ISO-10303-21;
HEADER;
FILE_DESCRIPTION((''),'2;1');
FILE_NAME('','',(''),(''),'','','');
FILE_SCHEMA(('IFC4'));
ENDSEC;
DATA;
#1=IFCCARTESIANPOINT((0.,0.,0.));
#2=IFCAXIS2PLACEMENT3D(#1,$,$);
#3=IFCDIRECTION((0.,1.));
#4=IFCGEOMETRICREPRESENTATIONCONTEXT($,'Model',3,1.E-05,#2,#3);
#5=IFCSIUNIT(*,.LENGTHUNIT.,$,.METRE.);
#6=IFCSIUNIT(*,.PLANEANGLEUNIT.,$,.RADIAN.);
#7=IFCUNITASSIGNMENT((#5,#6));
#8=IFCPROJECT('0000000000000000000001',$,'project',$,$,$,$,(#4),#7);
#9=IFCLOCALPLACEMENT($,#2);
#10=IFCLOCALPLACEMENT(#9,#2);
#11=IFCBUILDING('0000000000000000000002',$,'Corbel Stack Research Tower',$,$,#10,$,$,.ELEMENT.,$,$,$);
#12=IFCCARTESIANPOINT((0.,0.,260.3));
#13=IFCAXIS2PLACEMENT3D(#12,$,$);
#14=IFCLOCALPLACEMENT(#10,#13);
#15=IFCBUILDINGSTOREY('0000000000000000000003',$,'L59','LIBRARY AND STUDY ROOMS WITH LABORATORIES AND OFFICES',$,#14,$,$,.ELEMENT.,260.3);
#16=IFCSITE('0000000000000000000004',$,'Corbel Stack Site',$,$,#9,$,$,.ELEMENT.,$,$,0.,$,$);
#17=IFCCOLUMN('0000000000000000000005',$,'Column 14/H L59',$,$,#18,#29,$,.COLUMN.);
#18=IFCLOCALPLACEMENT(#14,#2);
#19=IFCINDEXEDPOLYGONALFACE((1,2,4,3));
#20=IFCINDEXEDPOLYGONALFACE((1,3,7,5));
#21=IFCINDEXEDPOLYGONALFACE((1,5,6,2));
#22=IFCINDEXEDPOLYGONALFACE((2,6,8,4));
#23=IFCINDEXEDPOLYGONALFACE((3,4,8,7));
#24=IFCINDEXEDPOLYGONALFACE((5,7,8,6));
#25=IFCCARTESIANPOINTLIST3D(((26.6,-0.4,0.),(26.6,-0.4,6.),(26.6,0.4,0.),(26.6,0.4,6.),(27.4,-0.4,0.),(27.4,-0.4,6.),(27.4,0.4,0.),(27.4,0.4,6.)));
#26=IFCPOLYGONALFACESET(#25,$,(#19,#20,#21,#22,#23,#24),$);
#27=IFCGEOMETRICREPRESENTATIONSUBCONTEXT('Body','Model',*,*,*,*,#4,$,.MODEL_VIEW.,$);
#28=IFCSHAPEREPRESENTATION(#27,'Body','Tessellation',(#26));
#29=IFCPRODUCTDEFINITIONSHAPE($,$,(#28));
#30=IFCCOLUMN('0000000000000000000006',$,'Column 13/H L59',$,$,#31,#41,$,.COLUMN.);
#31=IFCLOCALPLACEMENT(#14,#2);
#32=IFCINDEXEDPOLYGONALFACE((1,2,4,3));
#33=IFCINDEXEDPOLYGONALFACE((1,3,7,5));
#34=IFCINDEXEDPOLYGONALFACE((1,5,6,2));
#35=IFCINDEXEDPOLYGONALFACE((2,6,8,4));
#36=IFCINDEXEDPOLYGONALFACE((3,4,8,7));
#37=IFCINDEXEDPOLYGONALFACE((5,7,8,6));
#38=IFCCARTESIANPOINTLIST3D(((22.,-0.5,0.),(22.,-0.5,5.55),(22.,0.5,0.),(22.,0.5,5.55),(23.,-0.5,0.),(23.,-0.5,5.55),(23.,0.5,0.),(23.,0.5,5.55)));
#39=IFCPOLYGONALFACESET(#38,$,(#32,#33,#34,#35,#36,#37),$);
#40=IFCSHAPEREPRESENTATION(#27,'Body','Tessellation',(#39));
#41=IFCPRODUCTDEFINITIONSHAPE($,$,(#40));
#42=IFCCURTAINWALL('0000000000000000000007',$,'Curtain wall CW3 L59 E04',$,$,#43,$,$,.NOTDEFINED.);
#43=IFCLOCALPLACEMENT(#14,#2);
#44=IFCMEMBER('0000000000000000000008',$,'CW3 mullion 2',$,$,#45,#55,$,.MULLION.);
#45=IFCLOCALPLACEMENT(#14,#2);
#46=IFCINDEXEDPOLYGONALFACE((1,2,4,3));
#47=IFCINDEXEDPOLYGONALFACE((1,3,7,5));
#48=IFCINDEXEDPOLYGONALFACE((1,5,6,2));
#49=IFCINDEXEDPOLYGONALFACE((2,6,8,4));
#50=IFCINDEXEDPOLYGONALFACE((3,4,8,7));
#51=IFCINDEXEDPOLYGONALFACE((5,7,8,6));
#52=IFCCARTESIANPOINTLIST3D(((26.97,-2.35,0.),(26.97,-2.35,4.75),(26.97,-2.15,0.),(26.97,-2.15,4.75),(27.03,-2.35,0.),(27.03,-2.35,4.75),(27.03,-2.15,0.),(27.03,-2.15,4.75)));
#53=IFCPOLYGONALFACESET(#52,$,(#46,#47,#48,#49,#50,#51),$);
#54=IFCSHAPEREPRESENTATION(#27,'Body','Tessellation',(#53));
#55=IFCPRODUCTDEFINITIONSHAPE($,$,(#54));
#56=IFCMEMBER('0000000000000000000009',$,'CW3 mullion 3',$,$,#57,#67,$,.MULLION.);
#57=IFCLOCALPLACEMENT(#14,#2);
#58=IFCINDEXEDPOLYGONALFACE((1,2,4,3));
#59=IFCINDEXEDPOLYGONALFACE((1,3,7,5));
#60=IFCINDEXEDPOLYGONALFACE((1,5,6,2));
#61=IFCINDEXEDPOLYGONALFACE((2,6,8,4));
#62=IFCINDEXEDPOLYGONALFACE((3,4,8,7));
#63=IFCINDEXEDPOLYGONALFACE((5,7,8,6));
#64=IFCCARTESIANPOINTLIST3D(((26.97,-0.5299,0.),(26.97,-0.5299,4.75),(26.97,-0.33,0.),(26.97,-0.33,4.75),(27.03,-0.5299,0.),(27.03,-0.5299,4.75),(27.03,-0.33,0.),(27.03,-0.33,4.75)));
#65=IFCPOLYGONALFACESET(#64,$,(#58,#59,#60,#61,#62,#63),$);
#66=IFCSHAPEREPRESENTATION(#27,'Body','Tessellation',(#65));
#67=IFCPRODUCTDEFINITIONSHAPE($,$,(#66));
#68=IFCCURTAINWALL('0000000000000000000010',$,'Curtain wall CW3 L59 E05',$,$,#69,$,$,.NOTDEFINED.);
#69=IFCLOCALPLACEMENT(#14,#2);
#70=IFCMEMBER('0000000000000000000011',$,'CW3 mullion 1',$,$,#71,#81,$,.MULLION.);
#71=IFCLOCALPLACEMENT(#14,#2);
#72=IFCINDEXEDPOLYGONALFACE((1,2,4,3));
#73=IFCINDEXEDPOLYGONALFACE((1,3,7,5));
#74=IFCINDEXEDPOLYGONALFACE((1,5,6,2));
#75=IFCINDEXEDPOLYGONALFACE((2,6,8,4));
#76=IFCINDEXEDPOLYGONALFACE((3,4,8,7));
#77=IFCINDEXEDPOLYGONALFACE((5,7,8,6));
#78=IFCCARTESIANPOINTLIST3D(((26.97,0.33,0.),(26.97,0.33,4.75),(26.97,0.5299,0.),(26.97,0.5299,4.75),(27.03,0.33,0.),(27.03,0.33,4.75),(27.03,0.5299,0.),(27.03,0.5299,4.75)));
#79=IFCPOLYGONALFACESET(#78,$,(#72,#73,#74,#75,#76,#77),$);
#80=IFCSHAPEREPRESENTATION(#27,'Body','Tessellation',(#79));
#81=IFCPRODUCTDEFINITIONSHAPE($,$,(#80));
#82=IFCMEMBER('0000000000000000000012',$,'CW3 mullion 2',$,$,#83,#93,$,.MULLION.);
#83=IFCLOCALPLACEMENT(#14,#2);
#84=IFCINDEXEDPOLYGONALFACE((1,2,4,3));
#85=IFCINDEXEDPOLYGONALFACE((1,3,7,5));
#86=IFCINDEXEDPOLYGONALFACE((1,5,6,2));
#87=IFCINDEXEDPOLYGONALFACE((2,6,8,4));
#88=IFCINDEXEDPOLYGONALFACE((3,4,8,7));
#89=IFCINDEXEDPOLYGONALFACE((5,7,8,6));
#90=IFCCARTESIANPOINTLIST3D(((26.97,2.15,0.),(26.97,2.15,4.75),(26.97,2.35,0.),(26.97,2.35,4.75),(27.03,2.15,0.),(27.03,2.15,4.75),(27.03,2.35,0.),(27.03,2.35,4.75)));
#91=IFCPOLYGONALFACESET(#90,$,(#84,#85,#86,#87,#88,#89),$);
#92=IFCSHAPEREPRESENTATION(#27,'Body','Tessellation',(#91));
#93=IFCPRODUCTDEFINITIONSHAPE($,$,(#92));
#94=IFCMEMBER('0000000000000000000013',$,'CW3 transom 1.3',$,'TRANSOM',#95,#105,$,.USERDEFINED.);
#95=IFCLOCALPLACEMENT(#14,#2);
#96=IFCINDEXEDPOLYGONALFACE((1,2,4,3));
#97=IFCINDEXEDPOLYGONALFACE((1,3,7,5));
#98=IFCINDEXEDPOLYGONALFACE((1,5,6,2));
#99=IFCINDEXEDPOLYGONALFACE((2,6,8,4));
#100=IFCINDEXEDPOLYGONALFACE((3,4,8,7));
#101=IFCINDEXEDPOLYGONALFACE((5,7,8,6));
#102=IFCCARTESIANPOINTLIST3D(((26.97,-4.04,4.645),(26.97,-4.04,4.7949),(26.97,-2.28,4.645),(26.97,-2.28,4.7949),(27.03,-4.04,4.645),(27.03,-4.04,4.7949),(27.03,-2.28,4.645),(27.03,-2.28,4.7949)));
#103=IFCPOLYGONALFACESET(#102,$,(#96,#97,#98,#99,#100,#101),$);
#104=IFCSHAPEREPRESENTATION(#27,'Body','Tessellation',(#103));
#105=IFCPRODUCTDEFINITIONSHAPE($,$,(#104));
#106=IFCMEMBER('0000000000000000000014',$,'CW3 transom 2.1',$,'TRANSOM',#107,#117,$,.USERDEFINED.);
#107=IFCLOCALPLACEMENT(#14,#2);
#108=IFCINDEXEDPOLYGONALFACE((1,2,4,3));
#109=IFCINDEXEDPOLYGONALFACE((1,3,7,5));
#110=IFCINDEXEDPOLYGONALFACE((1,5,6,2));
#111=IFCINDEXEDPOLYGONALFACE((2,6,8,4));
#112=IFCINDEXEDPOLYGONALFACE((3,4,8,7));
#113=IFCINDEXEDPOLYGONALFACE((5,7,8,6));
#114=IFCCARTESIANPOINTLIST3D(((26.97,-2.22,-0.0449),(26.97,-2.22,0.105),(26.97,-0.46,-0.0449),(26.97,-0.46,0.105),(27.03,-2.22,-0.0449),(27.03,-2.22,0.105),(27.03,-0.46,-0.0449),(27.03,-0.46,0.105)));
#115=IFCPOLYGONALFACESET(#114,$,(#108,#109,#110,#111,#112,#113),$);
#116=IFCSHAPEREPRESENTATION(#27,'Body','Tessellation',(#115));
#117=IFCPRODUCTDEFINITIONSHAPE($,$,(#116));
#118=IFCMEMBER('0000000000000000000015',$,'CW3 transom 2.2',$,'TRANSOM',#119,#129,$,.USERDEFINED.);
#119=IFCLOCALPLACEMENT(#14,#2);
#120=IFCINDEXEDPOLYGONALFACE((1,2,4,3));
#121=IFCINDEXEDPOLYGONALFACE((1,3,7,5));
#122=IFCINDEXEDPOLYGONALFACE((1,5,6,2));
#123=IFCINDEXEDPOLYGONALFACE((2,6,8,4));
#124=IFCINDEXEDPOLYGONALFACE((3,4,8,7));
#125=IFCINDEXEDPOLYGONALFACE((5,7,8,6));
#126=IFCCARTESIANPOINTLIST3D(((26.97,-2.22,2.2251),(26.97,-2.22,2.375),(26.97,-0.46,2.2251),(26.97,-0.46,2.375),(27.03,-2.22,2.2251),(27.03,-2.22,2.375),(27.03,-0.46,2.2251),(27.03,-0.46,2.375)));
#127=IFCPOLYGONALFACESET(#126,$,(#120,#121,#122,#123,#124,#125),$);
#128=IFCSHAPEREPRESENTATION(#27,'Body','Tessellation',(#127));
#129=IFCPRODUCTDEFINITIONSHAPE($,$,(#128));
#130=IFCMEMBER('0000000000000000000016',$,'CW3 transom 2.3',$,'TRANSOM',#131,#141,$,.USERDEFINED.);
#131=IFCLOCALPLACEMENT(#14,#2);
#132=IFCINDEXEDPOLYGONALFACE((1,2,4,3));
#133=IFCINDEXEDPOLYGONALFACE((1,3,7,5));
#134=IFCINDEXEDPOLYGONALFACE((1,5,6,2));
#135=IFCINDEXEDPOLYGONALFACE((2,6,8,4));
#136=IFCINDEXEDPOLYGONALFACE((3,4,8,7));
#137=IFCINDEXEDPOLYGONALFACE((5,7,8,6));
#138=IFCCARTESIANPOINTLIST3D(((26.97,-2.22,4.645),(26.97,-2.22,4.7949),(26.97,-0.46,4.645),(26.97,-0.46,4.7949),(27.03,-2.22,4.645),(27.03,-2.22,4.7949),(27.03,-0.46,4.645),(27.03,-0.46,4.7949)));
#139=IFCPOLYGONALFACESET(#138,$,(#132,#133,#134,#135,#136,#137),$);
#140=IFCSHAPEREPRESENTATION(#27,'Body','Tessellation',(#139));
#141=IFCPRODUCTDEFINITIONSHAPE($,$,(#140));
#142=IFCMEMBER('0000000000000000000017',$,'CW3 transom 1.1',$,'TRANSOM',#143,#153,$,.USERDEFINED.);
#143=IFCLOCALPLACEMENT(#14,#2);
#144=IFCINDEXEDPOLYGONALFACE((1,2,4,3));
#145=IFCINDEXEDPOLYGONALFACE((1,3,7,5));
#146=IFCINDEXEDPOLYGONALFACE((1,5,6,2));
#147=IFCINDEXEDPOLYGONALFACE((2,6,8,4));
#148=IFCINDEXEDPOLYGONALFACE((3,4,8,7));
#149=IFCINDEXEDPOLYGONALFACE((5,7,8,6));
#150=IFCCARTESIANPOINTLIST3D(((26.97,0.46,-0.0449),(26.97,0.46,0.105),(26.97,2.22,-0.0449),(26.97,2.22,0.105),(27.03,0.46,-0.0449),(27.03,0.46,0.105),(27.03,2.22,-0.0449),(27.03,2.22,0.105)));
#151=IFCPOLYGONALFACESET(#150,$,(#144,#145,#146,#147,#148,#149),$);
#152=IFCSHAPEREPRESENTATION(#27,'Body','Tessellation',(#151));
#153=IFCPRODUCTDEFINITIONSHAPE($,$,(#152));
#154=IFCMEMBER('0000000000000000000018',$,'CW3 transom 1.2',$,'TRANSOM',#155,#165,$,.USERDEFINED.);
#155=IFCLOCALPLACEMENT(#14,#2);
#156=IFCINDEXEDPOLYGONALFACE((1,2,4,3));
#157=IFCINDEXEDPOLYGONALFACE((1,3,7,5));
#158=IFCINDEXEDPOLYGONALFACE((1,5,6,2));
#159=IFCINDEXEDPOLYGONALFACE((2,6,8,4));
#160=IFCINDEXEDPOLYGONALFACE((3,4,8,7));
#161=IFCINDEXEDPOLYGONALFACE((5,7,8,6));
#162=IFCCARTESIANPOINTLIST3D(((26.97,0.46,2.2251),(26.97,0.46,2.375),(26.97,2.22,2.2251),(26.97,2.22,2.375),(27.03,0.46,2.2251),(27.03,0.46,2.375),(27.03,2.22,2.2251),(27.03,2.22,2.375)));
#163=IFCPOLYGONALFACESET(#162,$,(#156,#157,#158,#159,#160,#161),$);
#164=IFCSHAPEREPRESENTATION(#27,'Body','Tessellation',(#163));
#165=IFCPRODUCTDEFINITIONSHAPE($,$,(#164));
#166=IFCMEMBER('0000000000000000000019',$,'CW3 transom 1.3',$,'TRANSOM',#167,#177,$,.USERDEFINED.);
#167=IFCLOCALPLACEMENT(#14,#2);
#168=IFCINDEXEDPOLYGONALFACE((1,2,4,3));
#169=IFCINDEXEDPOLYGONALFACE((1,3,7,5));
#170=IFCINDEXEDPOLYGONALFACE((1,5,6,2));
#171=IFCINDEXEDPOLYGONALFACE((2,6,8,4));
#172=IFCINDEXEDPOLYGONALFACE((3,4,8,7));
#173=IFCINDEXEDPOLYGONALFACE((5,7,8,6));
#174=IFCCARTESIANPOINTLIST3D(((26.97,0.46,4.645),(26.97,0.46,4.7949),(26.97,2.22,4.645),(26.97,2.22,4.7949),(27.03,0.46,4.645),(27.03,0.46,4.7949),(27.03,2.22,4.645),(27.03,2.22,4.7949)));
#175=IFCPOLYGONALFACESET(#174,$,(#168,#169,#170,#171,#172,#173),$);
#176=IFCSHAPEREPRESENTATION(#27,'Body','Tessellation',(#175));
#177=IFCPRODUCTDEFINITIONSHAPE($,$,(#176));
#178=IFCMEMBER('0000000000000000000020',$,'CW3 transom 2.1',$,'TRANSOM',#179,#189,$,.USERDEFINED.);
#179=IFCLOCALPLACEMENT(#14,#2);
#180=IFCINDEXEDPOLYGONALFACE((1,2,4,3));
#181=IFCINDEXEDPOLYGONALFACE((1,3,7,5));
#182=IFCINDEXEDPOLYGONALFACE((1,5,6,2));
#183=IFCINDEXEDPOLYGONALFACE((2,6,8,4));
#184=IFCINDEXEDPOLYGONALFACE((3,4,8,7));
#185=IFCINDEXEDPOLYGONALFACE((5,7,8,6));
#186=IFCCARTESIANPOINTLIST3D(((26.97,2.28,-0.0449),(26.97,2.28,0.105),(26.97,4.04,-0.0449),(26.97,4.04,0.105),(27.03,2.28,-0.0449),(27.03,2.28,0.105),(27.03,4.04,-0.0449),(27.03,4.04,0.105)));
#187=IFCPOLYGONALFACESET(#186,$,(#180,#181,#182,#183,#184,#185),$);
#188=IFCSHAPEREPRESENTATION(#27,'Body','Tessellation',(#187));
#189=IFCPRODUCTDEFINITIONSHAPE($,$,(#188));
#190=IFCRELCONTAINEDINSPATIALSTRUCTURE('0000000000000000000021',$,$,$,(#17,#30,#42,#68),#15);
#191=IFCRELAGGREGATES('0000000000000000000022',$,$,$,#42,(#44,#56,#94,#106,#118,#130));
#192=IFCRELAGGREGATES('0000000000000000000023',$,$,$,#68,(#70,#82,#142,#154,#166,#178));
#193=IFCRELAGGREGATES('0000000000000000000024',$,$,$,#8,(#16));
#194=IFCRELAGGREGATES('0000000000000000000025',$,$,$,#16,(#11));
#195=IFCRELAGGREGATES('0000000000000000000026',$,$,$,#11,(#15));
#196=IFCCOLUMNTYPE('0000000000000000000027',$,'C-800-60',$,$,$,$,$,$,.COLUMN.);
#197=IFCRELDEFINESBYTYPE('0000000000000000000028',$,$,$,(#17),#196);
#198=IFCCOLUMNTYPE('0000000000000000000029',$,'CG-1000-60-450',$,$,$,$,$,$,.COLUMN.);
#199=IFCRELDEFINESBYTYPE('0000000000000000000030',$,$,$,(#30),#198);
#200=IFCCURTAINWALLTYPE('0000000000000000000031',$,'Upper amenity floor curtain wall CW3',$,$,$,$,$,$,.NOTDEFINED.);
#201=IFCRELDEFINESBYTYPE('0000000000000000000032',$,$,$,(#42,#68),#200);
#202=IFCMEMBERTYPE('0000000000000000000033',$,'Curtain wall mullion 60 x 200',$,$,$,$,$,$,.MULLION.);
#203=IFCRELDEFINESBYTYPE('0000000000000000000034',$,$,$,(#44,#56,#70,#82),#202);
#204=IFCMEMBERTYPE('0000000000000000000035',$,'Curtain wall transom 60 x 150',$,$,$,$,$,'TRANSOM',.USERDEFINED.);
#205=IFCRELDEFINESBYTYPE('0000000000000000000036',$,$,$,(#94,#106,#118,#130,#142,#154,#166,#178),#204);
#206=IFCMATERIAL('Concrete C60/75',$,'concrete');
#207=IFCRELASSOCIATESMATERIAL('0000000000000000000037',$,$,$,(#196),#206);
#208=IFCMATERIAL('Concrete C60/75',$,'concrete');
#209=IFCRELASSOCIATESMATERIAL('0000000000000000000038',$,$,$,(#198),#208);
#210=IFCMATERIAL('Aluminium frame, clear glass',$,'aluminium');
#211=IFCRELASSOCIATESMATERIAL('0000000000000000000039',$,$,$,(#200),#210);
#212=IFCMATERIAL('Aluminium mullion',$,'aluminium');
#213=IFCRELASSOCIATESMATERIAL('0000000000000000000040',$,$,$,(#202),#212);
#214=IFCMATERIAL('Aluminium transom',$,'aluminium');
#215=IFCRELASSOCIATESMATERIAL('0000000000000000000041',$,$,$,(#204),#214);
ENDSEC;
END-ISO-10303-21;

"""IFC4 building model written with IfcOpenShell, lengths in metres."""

from ifc_helpers import new_model, si_unit, direction, frame, origin, origin_2d, place, context, subcontext, project, spatial, rectangle, extrude, material, material_profile, profile_set, type_object, element, aggregate, save


model = new_model("IFC4")

# Units and contexts
model_context = context("Model", 3, precision=1e-05, world=origin(), true_north=direction((0.0, 1.0)))
body_context = subcontext(model_context, "Body", "Model", "MODEL_VIEW")
ifc_project = project(units=[si_unit("LENGTHUNIT", "METRE"), si_unit("PLANEANGLEUNIT", "RADIAN")], contexts=[model_context])

# Site, building, storey
site_placement = place(None, origin())
site = spatial("IfcSite", under=ifc_project, at=site_placement, Name="Corbel Stack Site", CompositionType="ELEMENT", RefElevation=0.0)
building_placement = place(site_placement, origin())
building = spatial("IfcBuilding", under=site, at=building_placement, Name="Corbel Stack Research Tower", CompositionType="ELEMENT")
storey_placement = place(building_placement, frame((0.0, 0.0, 260.3)))
storey = spatial("IfcBuildingStorey", under=building, at=storey_placement, Name="L59", Description="LIBRARY AND STUDY ROOMS WITH LABORATORIES AND OFFICES", CompositionType="ELEMENT", Elevation=260.3)

# Columns
ifc_material_1 = material(Name="Concrete C60/75", Category="concrete")
ifc_material_profile_1 = material_profile(ifc_material_1, rectangle(XDim=0.8, YDim=0.8, at=origin_2d()), Name="RC 800 x 800")
ifc_profile_set_1 = profile_set([ifc_material_profile_1], Name="Concrete C60/75")
column_type_1 = type_object("IfcColumnType", Name="C-800-60", PredefinedType="COLUMN", material=ifc_profile_set_1)
column_1_placement = place(storey_placement, frame((27.0, 0.0, 0.0), z_axis=(0.0, 0.0, 1.0), x_axis=(1.0, 0.0, 0.0)))
element("IfcColumn", 1, at=column_1_placement, inside=storey, type_object=column_type_1, Name="Column 14/H L59", PredefinedType="COLUMN", context=body_context, shape_type="SweptSolid", body=[
    extrude(rectangle(XDim=0.8, YDim=0.8, at=origin_2d()), origin(), (0.0, 0.0, 1.0), 6.0),
])
ifc_material_2 = material(Name="Concrete C60/75", Category="concrete")
ifc_material_profile_2 = material_profile(ifc_material_2, rectangle(XDim=1.0, YDim=1.0, at=origin_2d()), Name="RC 1000 x 1000")
ifc_profile_set_2 = profile_set([ifc_material_profile_2], Name="Concrete C60/75")
column_type_2 = type_object("IfcColumnType", Name="CG-1000-60-450", PredefinedType="COLUMN", material=ifc_profile_set_2)
column_2_placement = place(storey_placement, frame((22.5, 0.0, 0.0), z_axis=(0.0, 0.0, 1.0), x_axis=(1.0, 0.0, 0.0)))
element("IfcColumn", 2, at=column_2_placement, inside=storey, type_object=column_type_2, Name="Column 13/H L59", PredefinedType="COLUMN", context=body_context, shape_type="SweptSolid", body=[
    extrude(rectangle(XDim=1.0, YDim=1.0, at=origin_2d()), origin(), (0.0, 0.0, 1.0), 5.55),
])

# Curtain walls, members
ifc_material_3 = material(Name="Aluminium frame, clear glass", Category="aluminium")
curtain_wall_type = type_object("IfcCurtainWallType", Name="Upper amenity floor curtain wall CW3", PredefinedType="NOTDEFINED", material=ifc_material_3)
curtain_wall_1_placement = place(storey_placement, origin())
curtain_wall_1 = element("IfcCurtainWall", 3, at=curtain_wall_1_placement, inside=storey, type_object=curtain_wall_type, Name="Curtain wall CW3 L59 E04", PredefinedType="NOTDEFINED")
ifc_material_4 = material(Name="Aluminium mullion", Category="aluminium")
ifc_material_profile_3 = material_profile(ifc_material_4, rectangle(XDim=0.0601, YDim=0.2, at=origin_2d()), Name="Mullion 60 x 200")
ifc_profile_set_3 = profile_set([ifc_material_profile_3], Name="Aluminium mullion")
member_type_1 = type_object("IfcMemberType", Name="Curtain wall mullion 60 x 200", PredefinedType="MULLION", material=ifc_profile_set_3)
member_1_placement = place(storey_placement, frame((27.0, -2.25, 0.0), z_axis=(0.0, 0.0, 1.0), x_axis=(-1.0, 0.0, 0.0)))
member_1 = element("IfcMember", 4, at=member_1_placement, type_object=member_type_1, Name="CW3 mullion 2", PredefinedType="MULLION", context=body_context, shape_type="SweptSolid", body=[
    extrude(rectangle(XDim=0.0601, YDim=0.2, at=origin_2d()), origin(), (0.0, 0.0, 1.0), 4.75),
])
member_2_placement = place(storey_placement, frame((27.0, -0.4299, 0.0), z_axis=(0.0, 0.0, 1.0), x_axis=(-1.0, 0.0, 0.0)))
member_2 = element("IfcMember", 5, at=member_2_placement, type_object=member_type_1, Name="CW3 mullion 3", PredefinedType="MULLION", context=body_context, shape_type="SweptSolid", body=[
    extrude(rectangle(XDim=0.0601, YDim=0.2, at=origin_2d()), origin(), (0.0, 0.0, 1.0), 4.75),
])
curtain_wall_2_placement = place(storey_placement, origin())
curtain_wall_2 = element("IfcCurtainWall", 6, at=curtain_wall_2_placement, inside=storey, type_object=curtain_wall_type, Name="Curtain wall CW3 L59 E05", PredefinedType="NOTDEFINED")
member_3_placement = place(storey_placement, frame((27.0, 0.4299, 0.0), z_axis=(0.0, 0.0, 1.0), x_axis=(-1.0, 0.0, 0.0)))
member_3 = element("IfcMember", 7, at=member_3_placement, type_object=member_type_1, Name="CW3 mullion 1", PredefinedType="MULLION", context=body_context, shape_type="SweptSolid", body=[
    extrude(rectangle(XDim=0.0601, YDim=0.2, at=origin_2d()), origin(), (0.0, 0.0, 1.0), 4.75),
])
member_4_placement = place(storey_placement, frame((27.0, 2.25, 0.0), z_axis=(0.0, 0.0, 1.0), x_axis=(-1.0, 0.0, 0.0)))
member_4 = element("IfcMember", 8, at=member_4_placement, type_object=member_type_1, Name="CW3 mullion 2", PredefinedType="MULLION", context=body_context, shape_type="SweptSolid", body=[
    extrude(rectangle(XDim=0.0601, YDim=0.2, at=origin_2d()), origin(), (0.0, 0.0, 1.0), 4.75),
])

# Members
ifc_material_5 = material(Name="Aluminium transom", Category="aluminium")
ifc_material_profile_4 = material_profile(ifc_material_5, rectangle(XDim=0.0601, YDim=0.1499, at=origin_2d()), Name="Transom 60 x 150")
ifc_profile_set_4 = profile_set([ifc_material_profile_4], Name="Aluminium transom")
member_type_2 = type_object("IfcMemberType", Name="Curtain wall transom 60 x 150", ElementType="TRANSOM", PredefinedType="USERDEFINED", material=ifc_profile_set_4)
member_5_placement = place(storey_placement, frame((27.0, -4.04, 4.72), z_axis=(0.0, 1.0, 0.0), x_axis=(-1.0, 0.0, 0.0)))
member_5 = element("IfcMember", 9, at=member_5_placement, type_object=member_type_2, Name="CW3 transom 1.3", ObjectType="TRANSOM", PredefinedType="USERDEFINED", context=body_context, shape_type="SweptSolid", body=[
    extrude(rectangle(XDim=0.0601, YDim=0.1499, at=origin_2d()), origin(), (0.0, 0.0, 1.0), 1.76),
])
member_6_placement = place(storey_placement, frame((27.0, -2.22, 0.03), z_axis=(0.0, 1.0, 0.0), x_axis=(-1.0, 0.0, 0.0)))
member_6 = element("IfcMember", 10, at=member_6_placement, type_object=member_type_2, Name="CW3 transom 2.1", ObjectType="TRANSOM", PredefinedType="USERDEFINED", context=body_context, shape_type="SweptSolid", body=[
    extrude(rectangle(XDim=0.0601, YDim=0.1499, at=origin_2d()), origin(), (0.0, 0.0, 1.0), 1.76),
])
member_7_placement = place(storey_placement, frame((27.0, -2.22, 2.3), z_axis=(0.0, 1.0, 0.0), x_axis=(-1.0, 0.0, 0.0)))
member_7 = element("IfcMember", 11, at=member_7_placement, type_object=member_type_2, Name="CW3 transom 2.2", ObjectType="TRANSOM", PredefinedType="USERDEFINED", context=body_context, shape_type="SweptSolid", body=[
    extrude(rectangle(XDim=0.0601, YDim=0.1499, at=origin_2d()), origin(), (0.0, 0.0, 1.0), 1.76),
])
member_8_placement = place(storey_placement, frame((27.0, -2.22, 4.72), z_axis=(0.0, 1.0, 0.0), x_axis=(-1.0, 0.0, 0.0)))
member_8 = element("IfcMember", 12, at=member_8_placement, type_object=member_type_2, Name="CW3 transom 2.3", ObjectType="TRANSOM", PredefinedType="USERDEFINED", context=body_context, shape_type="SweptSolid", body=[
    extrude(rectangle(XDim=0.0601, YDim=0.1499, at=origin_2d()), origin(), (0.0, 0.0, 1.0), 1.76),
])
member_9_placement = place(storey_placement, frame((27.0, 0.46, 0.03), z_axis=(0.0, 1.0, 0.0), x_axis=(-1.0, 0.0, 0.0)))
member_9 = element("IfcMember", 13, at=member_9_placement, type_object=member_type_2, Name="CW3 transom 1.1", ObjectType="TRANSOM", PredefinedType="USERDEFINED", context=body_context, shape_type="SweptSolid", body=[
    extrude(rectangle(XDim=0.0601, YDim=0.1499, at=origin_2d()), origin(), (0.0, 0.0, 1.0), 1.76),
])
member_10_placement = place(storey_placement, frame((27.0, 0.46, 2.3), z_axis=(0.0, 1.0, 0.0), x_axis=(-1.0, 0.0, 0.0)))
member_10 = element("IfcMember", 14, at=member_10_placement, type_object=member_type_2, Name="CW3 transom 1.2", ObjectType="TRANSOM", PredefinedType="USERDEFINED", context=body_context, shape_type="SweptSolid", body=[
    extrude(rectangle(XDim=0.0601, YDim=0.1499, at=origin_2d()), origin(), (0.0, 0.0, 1.0), 1.76),
])
member_11_placement = place(storey_placement, frame((27.0, 0.46, 4.72), z_axis=(0.0, 1.0, 0.0), x_axis=(-1.0, 0.0, 0.0)))
member_11 = element("IfcMember", 15, at=member_11_placement, type_object=member_type_2, Name="CW3 transom 1.3", ObjectType="TRANSOM", PredefinedType="USERDEFINED", context=body_context, shape_type="SweptSolid", body=[
    extrude(rectangle(XDim=0.0601, YDim=0.1499, at=origin_2d()), origin(), (0.0, 0.0, 1.0), 1.76),
])
member_12_placement = place(storey_placement, frame((27.0, 2.28, 0.03), z_axis=(0.0, 1.0, 0.0), x_axis=(-1.0, 0.0, 0.0)))
member_12 = element("IfcMember", 16, at=member_12_placement, type_object=member_type_2, Name="CW3 transom 2.1", ObjectType="TRANSOM", PredefinedType="USERDEFINED", context=body_context, shape_type="SweptSolid", body=[
    extrude(rectangle(XDim=0.0601, YDim=0.1499, at=origin_2d()), origin(), (0.0, 0.0, 1.0), 1.76),
])

aggregate(curtain_wall_1, [member_1, member_2, member_5, member_6, member_7, member_8])
aggregate(curtain_wall_2, [member_3, member_4, member_9, member_10, member_11, member_12])

save(model, "model.ifc")
